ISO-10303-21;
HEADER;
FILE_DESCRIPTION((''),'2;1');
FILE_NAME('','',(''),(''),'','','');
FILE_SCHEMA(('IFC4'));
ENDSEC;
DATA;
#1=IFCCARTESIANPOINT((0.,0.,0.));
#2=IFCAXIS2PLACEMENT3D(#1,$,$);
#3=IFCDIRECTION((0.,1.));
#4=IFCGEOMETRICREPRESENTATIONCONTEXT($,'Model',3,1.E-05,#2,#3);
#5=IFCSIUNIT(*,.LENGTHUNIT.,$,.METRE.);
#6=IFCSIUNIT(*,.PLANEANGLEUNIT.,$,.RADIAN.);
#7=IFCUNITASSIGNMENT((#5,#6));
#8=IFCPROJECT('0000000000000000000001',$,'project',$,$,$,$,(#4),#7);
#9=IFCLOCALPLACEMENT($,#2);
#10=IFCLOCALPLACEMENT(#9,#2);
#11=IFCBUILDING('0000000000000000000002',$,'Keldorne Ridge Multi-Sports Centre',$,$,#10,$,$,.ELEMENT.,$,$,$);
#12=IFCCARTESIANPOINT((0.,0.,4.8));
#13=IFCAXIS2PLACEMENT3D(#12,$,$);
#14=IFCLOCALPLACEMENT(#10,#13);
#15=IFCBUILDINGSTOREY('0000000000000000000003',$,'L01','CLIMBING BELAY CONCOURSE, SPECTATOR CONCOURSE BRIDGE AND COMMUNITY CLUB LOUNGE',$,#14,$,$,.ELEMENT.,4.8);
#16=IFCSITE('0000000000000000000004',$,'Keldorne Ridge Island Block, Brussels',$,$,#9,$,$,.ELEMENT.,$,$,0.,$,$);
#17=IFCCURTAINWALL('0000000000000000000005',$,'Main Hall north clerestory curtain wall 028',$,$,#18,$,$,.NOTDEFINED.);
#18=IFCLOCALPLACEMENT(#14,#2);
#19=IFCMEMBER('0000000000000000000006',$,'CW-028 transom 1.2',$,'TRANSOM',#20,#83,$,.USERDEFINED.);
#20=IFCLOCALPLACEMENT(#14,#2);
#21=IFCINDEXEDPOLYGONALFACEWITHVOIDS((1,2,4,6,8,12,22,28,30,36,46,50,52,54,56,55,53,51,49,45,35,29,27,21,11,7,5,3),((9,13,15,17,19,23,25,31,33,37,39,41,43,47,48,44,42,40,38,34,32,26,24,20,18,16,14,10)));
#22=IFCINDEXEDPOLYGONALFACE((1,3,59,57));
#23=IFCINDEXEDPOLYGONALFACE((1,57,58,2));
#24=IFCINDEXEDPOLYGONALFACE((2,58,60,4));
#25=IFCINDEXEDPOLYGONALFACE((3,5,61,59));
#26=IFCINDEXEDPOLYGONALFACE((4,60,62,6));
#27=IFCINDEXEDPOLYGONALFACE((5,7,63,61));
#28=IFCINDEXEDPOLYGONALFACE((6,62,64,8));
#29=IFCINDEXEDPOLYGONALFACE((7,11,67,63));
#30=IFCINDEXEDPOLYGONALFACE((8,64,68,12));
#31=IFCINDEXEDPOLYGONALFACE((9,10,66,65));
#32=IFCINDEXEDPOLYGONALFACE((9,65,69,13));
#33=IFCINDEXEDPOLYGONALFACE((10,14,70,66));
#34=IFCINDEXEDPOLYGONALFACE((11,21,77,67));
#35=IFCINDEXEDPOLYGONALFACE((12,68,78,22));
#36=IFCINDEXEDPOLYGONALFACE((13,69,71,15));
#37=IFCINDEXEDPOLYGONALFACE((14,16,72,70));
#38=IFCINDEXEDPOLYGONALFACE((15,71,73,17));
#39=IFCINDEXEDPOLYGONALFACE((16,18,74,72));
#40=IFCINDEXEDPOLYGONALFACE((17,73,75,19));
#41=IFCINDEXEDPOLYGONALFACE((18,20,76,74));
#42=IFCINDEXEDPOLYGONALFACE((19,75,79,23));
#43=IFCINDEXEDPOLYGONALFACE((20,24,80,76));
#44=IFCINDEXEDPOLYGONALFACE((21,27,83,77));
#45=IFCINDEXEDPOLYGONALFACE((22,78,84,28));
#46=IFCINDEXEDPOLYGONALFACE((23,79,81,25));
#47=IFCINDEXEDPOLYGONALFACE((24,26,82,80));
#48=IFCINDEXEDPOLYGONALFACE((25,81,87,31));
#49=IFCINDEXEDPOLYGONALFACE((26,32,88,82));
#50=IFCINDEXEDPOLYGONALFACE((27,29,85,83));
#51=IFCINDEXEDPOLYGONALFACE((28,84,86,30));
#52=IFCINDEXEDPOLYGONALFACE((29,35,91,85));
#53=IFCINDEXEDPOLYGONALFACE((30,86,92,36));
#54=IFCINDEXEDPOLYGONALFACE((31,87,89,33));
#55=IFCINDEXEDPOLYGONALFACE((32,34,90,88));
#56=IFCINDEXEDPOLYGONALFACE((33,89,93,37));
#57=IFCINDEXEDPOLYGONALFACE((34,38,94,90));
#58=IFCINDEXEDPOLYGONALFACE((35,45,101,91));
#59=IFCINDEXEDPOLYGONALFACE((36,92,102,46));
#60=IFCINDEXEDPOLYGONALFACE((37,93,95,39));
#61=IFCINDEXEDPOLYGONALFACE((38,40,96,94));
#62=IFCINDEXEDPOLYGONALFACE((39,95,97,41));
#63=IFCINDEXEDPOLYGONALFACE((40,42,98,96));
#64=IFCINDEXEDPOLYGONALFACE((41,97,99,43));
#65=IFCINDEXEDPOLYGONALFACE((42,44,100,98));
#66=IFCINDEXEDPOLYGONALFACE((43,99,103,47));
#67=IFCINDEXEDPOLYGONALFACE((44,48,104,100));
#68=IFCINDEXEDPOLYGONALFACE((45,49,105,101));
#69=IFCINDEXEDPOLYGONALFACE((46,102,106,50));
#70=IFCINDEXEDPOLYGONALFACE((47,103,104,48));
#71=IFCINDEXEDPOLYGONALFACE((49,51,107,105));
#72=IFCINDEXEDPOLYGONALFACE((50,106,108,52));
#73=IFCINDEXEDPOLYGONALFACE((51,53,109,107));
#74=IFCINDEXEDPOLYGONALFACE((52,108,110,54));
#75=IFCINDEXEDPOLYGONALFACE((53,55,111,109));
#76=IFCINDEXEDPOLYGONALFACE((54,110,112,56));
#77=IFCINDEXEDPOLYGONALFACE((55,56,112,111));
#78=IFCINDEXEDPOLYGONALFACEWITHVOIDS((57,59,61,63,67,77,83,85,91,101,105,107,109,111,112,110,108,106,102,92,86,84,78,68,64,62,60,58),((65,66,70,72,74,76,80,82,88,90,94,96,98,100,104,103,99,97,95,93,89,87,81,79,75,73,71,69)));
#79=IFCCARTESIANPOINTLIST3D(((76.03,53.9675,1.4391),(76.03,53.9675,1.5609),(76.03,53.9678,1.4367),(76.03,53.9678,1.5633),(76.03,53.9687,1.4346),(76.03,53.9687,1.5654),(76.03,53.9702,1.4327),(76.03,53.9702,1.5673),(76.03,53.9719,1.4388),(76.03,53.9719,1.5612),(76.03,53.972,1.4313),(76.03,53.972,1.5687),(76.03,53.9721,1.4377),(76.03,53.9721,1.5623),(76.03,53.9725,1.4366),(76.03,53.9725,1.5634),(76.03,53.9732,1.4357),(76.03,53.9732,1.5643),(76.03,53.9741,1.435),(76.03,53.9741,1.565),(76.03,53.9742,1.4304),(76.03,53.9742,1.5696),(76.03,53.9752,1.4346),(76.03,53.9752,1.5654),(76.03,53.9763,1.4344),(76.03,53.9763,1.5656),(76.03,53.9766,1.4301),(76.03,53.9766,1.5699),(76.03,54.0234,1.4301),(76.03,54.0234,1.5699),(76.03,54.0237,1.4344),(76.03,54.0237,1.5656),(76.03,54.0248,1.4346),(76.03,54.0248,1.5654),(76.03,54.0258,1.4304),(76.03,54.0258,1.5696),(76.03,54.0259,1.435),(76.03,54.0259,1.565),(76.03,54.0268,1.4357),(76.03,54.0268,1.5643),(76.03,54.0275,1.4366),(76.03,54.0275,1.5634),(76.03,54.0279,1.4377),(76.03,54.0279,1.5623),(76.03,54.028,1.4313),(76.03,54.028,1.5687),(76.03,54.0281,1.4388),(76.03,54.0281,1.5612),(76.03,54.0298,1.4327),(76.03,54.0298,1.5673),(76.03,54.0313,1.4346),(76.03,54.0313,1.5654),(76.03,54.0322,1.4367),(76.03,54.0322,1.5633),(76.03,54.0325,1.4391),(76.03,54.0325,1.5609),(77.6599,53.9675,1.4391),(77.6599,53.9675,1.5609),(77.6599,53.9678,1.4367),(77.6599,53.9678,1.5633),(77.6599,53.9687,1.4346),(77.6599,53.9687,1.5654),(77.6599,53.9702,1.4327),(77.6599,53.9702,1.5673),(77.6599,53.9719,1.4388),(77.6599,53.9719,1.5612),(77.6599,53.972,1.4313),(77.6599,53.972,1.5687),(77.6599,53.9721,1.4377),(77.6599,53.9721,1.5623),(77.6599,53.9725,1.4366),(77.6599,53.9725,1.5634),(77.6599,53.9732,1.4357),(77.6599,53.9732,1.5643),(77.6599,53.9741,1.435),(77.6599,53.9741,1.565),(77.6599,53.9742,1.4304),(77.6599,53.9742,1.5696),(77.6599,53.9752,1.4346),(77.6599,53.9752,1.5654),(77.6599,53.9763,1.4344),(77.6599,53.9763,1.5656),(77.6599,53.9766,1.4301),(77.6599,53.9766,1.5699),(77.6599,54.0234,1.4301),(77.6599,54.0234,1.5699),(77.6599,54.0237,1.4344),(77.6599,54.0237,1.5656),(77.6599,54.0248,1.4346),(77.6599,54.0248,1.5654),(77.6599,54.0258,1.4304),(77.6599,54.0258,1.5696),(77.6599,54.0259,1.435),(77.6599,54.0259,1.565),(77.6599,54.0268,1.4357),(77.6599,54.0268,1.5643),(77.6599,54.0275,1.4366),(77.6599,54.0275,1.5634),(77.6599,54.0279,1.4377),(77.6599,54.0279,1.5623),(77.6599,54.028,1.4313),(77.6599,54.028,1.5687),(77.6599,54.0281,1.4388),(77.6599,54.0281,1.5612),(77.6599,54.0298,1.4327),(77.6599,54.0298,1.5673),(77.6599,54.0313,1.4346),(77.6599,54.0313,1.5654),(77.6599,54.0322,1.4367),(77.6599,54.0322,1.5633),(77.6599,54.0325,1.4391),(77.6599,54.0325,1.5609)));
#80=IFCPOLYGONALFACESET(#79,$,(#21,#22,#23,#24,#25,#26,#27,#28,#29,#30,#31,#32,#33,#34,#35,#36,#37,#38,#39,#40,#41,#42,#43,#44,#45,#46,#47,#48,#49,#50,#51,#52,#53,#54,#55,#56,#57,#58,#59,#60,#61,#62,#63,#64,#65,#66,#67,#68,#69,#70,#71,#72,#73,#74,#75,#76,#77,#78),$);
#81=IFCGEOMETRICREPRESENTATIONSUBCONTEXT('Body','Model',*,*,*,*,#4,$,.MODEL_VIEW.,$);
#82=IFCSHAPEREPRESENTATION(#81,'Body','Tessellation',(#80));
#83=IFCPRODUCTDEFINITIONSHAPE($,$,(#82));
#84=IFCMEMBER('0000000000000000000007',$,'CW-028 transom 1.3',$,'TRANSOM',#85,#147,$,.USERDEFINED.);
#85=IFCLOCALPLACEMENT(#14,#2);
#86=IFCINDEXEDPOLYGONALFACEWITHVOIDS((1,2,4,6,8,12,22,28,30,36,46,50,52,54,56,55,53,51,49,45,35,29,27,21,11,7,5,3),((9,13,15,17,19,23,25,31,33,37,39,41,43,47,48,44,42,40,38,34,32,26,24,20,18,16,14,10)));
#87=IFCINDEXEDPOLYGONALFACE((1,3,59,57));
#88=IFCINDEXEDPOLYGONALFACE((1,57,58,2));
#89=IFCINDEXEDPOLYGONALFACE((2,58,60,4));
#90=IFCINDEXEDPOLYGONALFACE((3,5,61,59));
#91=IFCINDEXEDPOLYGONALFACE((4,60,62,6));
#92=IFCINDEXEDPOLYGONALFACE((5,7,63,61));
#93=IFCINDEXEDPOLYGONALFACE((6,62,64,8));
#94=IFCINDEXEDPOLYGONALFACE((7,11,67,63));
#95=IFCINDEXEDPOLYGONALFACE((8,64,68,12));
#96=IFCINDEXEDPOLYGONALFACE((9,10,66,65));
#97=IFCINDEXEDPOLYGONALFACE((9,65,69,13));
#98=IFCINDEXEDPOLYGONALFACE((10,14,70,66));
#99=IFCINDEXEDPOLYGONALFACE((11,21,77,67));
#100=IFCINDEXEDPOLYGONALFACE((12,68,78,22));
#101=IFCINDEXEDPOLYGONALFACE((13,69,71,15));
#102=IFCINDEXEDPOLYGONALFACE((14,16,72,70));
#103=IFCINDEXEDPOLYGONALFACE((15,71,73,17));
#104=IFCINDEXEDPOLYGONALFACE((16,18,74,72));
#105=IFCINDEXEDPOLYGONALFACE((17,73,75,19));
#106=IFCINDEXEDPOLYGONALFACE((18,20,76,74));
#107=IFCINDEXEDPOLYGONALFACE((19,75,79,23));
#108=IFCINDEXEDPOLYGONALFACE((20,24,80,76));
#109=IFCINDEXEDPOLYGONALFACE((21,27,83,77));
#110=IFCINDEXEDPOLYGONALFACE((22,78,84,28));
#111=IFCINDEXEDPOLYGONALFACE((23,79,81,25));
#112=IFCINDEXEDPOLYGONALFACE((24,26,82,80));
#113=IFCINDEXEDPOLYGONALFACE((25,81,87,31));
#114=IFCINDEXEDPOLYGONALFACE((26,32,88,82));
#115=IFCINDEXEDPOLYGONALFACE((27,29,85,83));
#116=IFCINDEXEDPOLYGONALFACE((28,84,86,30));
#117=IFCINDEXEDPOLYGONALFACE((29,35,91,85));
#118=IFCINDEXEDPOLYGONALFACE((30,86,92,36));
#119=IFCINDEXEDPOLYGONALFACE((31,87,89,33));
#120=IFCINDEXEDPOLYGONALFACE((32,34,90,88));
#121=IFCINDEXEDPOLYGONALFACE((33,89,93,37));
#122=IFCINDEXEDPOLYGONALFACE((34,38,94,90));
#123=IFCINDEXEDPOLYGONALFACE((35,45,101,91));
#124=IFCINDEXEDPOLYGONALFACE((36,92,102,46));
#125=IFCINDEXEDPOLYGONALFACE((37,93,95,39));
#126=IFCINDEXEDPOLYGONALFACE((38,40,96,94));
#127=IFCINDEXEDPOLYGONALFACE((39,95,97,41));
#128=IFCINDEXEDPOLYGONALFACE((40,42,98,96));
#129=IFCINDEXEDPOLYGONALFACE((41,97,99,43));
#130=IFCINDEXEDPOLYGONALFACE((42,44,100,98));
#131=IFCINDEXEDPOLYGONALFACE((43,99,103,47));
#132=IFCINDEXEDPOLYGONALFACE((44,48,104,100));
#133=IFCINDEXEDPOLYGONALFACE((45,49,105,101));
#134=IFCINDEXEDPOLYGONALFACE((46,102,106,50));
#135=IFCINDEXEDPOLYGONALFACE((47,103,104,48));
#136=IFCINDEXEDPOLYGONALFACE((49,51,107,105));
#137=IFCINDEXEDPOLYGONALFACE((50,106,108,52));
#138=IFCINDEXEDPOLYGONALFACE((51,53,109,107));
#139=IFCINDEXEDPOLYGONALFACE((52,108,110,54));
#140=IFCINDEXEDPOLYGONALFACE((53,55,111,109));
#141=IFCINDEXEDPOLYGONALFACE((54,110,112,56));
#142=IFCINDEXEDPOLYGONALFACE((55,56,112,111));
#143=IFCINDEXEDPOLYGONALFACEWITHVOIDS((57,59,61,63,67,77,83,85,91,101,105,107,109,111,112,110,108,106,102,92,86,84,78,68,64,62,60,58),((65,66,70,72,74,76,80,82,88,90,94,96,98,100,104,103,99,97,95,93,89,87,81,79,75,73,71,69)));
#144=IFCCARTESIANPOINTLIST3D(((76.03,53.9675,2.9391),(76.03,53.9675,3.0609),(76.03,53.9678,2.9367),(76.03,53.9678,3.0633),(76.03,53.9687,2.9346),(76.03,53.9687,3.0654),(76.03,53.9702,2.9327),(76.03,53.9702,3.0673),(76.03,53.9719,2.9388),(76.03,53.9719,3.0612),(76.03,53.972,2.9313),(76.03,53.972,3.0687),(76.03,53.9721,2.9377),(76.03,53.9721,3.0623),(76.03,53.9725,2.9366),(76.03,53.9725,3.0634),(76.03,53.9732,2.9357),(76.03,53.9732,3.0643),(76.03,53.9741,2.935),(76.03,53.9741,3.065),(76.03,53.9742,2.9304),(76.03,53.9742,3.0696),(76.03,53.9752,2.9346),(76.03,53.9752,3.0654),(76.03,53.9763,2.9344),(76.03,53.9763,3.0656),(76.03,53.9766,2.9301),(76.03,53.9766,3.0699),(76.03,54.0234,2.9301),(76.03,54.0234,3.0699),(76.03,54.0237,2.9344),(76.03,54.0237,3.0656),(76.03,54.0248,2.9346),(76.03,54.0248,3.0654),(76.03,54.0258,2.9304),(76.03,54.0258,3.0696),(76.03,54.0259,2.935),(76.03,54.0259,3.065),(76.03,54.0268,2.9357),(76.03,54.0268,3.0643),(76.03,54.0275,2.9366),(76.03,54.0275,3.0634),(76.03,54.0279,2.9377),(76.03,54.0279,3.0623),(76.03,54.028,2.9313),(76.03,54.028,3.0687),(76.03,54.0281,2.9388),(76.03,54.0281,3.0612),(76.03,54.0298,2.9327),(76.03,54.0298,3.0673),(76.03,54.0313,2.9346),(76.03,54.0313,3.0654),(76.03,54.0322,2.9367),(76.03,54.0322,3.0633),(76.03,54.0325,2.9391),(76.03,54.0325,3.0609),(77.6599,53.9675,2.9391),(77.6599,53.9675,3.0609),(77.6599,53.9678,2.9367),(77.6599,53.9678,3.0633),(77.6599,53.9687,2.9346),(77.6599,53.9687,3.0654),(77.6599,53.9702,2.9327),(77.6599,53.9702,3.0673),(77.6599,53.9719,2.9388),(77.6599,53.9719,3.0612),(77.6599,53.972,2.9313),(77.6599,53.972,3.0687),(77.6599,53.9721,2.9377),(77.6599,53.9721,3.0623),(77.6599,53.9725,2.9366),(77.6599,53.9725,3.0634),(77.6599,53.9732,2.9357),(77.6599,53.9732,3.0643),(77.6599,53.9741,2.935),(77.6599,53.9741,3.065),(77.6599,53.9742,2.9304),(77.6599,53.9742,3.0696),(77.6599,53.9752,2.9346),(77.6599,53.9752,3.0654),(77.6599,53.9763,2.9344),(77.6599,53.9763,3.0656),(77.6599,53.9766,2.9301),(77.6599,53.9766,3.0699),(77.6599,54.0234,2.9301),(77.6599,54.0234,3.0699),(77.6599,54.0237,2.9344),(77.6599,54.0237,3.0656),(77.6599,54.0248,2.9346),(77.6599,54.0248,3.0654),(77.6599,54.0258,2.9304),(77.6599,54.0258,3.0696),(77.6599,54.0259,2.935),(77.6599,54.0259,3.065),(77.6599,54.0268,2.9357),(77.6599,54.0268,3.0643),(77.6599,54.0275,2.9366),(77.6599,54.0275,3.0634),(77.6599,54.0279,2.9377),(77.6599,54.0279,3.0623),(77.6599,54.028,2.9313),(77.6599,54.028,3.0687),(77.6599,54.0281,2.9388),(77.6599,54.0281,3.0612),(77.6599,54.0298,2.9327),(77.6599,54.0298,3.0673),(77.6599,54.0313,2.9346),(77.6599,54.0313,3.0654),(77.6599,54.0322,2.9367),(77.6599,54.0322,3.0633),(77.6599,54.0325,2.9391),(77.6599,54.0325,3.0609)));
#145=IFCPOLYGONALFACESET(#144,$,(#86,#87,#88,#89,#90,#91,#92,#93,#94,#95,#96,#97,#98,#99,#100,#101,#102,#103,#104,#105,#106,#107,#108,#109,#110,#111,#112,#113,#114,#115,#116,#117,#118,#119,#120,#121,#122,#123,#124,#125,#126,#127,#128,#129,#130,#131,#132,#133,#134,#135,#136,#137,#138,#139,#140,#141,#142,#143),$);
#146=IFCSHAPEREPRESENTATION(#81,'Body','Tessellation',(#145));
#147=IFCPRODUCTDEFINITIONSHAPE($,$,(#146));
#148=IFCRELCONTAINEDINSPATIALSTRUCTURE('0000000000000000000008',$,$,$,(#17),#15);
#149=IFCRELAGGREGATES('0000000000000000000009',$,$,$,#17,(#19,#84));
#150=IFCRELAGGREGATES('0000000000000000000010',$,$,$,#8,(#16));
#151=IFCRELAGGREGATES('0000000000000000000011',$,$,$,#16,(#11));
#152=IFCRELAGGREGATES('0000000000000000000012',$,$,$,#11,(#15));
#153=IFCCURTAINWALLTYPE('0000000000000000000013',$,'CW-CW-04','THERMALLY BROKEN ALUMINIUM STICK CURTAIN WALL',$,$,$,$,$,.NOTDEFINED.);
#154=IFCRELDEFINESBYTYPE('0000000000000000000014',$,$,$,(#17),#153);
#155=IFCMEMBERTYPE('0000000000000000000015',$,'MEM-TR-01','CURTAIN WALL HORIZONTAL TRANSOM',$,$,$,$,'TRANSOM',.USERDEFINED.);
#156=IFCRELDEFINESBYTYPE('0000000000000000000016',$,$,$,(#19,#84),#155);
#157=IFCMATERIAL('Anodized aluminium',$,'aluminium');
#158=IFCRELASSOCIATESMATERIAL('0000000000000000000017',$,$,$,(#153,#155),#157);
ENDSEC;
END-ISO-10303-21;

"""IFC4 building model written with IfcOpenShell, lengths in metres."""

from ifc_helpers import new_model, si_unit, direction, frame, origin, origin_2d, place, context, subcontext, project, spatial, hollow_rectangle, extrude, material, material_profile, profile_set, type_object, element, aggregate, save


model = new_model("IFC4")

# Units and contexts
model_context = context("Model", 3, precision=1e-05, world=origin(), true_north=direction((0.0, 1.0)))
body_context = subcontext(model_context, "Body", "Model", "MODEL_VIEW")
ifc_project = project(units=[si_unit("LENGTHUNIT", "METRE"), si_unit("PLANEANGLEUNIT", "RADIAN")], contexts=[model_context])

# Site, building, storey
site_placement = place(None, origin())
site = spatial("IfcSite", under=ifc_project, at=site_placement, Name="Keldorne Ridge Island Block, Brussels", CompositionType="ELEMENT", RefElevation=0.0)
building_placement = place(site_placement, origin())
building = spatial("IfcBuilding", under=site, at=building_placement, Name="Keldorne Ridge Multi-Sports Centre", CompositionType="ELEMENT")
storey_placement = place(building_placement, frame((0.0, 0.0, 4.8)))
storey = spatial("IfcBuildingStorey", under=building, at=storey_placement, Name="L01", Description="CLIMBING BELAY CONCOURSE, SPECTATOR CONCOURSE BRIDGE AND COMMUNITY CLUB LOUNGE", CompositionType="ELEMENT", Elevation=4.8)

# Curtain wall
ifc_material_1 = material(Name="Anodized aluminium", Category="aluminium")
curtain_wall_type = type_object("IfcCurtainWallType", Name="CW-CW-04", Description="THERMALLY BROKEN ALUMINIUM STICK CURTAIN WALL", PredefinedType="NOTDEFINED", material=ifc_material_1)
curtain_wall_1_placement = place(storey_placement, origin())
curtain_wall_1 = element("IfcCurtainWall", 1, at=curtain_wall_1_placement, inside=storey, type_object=curtain_wall_type, Name="Main Hall north clerestory curtain wall 028", PredefinedType="NOTDEFINED")

# Members
ifc_material_profile_1 = material_profile(ifc_material_1, hollow_rectangle(XDim=0.0649, YDim=0.1399, WallThickness=0.0044, InnerFilletRadius=0.0044, OuterFilletRadius=0.009, at=origin_2d()), Name="ALU TRANSOM 140x65x4.5")
ifc_profile_set_1 = profile_set([ifc_material_profile_1], Name="Anodized aluminium")
member_type_1 = type_object("IfcMemberType", Name="MEM-TR-01", Description="CURTAIN WALL HORIZONTAL TRANSOM", ElementType="TRANSOM", PredefinedType="USERDEFINED", material=ifc_profile_set_1)
member_1_placement = place(storey_placement, frame((77.6599, 54.0, 1.5), z_axis=(-1.0, 0.0, 0.0), x_axis=(0.0, -1.0, 0.0)))
member_1 = element("IfcMember", 2, at=member_1_placement, type_object=member_type_1, Name="CW-028 transom 1.2", ObjectType="TRANSOM", PredefinedType="USERDEFINED", context=body_context, shape_type="SweptSolid", body=[
    extrude(hollow_rectangle(XDim=0.0649, YDim=0.1399, WallThickness=0.0044, InnerFilletRadius=0.0044, OuterFilletRadius=0.009, at=origin_2d()), origin(), (0.0, 0.0, 1.0), 1.6299),
])
member_2_placement = place(storey_placement, frame((77.6599, 54.0, 3.0), z_axis=(-1.0, 0.0, 0.0), x_axis=(0.0, -1.0, 0.0)))
member_2 = element("IfcMember", 3, at=member_2_placement, type_object=member_type_1, Name="CW-028 transom 1.3", ObjectType="TRANSOM", PredefinedType="USERDEFINED", context=body_context, shape_type="SweptSolid", body=[
    extrude(hollow_rectangle(XDim=0.0649, YDim=0.1399, WallThickness=0.0044, InnerFilletRadius=0.0044, OuterFilletRadius=0.009, at=origin_2d()), origin(), (0.0, 0.0, 1.0), 1.6299),
])

aggregate(curtain_wall_1, [member_1, member_2])

save(model, "model.ifc")
